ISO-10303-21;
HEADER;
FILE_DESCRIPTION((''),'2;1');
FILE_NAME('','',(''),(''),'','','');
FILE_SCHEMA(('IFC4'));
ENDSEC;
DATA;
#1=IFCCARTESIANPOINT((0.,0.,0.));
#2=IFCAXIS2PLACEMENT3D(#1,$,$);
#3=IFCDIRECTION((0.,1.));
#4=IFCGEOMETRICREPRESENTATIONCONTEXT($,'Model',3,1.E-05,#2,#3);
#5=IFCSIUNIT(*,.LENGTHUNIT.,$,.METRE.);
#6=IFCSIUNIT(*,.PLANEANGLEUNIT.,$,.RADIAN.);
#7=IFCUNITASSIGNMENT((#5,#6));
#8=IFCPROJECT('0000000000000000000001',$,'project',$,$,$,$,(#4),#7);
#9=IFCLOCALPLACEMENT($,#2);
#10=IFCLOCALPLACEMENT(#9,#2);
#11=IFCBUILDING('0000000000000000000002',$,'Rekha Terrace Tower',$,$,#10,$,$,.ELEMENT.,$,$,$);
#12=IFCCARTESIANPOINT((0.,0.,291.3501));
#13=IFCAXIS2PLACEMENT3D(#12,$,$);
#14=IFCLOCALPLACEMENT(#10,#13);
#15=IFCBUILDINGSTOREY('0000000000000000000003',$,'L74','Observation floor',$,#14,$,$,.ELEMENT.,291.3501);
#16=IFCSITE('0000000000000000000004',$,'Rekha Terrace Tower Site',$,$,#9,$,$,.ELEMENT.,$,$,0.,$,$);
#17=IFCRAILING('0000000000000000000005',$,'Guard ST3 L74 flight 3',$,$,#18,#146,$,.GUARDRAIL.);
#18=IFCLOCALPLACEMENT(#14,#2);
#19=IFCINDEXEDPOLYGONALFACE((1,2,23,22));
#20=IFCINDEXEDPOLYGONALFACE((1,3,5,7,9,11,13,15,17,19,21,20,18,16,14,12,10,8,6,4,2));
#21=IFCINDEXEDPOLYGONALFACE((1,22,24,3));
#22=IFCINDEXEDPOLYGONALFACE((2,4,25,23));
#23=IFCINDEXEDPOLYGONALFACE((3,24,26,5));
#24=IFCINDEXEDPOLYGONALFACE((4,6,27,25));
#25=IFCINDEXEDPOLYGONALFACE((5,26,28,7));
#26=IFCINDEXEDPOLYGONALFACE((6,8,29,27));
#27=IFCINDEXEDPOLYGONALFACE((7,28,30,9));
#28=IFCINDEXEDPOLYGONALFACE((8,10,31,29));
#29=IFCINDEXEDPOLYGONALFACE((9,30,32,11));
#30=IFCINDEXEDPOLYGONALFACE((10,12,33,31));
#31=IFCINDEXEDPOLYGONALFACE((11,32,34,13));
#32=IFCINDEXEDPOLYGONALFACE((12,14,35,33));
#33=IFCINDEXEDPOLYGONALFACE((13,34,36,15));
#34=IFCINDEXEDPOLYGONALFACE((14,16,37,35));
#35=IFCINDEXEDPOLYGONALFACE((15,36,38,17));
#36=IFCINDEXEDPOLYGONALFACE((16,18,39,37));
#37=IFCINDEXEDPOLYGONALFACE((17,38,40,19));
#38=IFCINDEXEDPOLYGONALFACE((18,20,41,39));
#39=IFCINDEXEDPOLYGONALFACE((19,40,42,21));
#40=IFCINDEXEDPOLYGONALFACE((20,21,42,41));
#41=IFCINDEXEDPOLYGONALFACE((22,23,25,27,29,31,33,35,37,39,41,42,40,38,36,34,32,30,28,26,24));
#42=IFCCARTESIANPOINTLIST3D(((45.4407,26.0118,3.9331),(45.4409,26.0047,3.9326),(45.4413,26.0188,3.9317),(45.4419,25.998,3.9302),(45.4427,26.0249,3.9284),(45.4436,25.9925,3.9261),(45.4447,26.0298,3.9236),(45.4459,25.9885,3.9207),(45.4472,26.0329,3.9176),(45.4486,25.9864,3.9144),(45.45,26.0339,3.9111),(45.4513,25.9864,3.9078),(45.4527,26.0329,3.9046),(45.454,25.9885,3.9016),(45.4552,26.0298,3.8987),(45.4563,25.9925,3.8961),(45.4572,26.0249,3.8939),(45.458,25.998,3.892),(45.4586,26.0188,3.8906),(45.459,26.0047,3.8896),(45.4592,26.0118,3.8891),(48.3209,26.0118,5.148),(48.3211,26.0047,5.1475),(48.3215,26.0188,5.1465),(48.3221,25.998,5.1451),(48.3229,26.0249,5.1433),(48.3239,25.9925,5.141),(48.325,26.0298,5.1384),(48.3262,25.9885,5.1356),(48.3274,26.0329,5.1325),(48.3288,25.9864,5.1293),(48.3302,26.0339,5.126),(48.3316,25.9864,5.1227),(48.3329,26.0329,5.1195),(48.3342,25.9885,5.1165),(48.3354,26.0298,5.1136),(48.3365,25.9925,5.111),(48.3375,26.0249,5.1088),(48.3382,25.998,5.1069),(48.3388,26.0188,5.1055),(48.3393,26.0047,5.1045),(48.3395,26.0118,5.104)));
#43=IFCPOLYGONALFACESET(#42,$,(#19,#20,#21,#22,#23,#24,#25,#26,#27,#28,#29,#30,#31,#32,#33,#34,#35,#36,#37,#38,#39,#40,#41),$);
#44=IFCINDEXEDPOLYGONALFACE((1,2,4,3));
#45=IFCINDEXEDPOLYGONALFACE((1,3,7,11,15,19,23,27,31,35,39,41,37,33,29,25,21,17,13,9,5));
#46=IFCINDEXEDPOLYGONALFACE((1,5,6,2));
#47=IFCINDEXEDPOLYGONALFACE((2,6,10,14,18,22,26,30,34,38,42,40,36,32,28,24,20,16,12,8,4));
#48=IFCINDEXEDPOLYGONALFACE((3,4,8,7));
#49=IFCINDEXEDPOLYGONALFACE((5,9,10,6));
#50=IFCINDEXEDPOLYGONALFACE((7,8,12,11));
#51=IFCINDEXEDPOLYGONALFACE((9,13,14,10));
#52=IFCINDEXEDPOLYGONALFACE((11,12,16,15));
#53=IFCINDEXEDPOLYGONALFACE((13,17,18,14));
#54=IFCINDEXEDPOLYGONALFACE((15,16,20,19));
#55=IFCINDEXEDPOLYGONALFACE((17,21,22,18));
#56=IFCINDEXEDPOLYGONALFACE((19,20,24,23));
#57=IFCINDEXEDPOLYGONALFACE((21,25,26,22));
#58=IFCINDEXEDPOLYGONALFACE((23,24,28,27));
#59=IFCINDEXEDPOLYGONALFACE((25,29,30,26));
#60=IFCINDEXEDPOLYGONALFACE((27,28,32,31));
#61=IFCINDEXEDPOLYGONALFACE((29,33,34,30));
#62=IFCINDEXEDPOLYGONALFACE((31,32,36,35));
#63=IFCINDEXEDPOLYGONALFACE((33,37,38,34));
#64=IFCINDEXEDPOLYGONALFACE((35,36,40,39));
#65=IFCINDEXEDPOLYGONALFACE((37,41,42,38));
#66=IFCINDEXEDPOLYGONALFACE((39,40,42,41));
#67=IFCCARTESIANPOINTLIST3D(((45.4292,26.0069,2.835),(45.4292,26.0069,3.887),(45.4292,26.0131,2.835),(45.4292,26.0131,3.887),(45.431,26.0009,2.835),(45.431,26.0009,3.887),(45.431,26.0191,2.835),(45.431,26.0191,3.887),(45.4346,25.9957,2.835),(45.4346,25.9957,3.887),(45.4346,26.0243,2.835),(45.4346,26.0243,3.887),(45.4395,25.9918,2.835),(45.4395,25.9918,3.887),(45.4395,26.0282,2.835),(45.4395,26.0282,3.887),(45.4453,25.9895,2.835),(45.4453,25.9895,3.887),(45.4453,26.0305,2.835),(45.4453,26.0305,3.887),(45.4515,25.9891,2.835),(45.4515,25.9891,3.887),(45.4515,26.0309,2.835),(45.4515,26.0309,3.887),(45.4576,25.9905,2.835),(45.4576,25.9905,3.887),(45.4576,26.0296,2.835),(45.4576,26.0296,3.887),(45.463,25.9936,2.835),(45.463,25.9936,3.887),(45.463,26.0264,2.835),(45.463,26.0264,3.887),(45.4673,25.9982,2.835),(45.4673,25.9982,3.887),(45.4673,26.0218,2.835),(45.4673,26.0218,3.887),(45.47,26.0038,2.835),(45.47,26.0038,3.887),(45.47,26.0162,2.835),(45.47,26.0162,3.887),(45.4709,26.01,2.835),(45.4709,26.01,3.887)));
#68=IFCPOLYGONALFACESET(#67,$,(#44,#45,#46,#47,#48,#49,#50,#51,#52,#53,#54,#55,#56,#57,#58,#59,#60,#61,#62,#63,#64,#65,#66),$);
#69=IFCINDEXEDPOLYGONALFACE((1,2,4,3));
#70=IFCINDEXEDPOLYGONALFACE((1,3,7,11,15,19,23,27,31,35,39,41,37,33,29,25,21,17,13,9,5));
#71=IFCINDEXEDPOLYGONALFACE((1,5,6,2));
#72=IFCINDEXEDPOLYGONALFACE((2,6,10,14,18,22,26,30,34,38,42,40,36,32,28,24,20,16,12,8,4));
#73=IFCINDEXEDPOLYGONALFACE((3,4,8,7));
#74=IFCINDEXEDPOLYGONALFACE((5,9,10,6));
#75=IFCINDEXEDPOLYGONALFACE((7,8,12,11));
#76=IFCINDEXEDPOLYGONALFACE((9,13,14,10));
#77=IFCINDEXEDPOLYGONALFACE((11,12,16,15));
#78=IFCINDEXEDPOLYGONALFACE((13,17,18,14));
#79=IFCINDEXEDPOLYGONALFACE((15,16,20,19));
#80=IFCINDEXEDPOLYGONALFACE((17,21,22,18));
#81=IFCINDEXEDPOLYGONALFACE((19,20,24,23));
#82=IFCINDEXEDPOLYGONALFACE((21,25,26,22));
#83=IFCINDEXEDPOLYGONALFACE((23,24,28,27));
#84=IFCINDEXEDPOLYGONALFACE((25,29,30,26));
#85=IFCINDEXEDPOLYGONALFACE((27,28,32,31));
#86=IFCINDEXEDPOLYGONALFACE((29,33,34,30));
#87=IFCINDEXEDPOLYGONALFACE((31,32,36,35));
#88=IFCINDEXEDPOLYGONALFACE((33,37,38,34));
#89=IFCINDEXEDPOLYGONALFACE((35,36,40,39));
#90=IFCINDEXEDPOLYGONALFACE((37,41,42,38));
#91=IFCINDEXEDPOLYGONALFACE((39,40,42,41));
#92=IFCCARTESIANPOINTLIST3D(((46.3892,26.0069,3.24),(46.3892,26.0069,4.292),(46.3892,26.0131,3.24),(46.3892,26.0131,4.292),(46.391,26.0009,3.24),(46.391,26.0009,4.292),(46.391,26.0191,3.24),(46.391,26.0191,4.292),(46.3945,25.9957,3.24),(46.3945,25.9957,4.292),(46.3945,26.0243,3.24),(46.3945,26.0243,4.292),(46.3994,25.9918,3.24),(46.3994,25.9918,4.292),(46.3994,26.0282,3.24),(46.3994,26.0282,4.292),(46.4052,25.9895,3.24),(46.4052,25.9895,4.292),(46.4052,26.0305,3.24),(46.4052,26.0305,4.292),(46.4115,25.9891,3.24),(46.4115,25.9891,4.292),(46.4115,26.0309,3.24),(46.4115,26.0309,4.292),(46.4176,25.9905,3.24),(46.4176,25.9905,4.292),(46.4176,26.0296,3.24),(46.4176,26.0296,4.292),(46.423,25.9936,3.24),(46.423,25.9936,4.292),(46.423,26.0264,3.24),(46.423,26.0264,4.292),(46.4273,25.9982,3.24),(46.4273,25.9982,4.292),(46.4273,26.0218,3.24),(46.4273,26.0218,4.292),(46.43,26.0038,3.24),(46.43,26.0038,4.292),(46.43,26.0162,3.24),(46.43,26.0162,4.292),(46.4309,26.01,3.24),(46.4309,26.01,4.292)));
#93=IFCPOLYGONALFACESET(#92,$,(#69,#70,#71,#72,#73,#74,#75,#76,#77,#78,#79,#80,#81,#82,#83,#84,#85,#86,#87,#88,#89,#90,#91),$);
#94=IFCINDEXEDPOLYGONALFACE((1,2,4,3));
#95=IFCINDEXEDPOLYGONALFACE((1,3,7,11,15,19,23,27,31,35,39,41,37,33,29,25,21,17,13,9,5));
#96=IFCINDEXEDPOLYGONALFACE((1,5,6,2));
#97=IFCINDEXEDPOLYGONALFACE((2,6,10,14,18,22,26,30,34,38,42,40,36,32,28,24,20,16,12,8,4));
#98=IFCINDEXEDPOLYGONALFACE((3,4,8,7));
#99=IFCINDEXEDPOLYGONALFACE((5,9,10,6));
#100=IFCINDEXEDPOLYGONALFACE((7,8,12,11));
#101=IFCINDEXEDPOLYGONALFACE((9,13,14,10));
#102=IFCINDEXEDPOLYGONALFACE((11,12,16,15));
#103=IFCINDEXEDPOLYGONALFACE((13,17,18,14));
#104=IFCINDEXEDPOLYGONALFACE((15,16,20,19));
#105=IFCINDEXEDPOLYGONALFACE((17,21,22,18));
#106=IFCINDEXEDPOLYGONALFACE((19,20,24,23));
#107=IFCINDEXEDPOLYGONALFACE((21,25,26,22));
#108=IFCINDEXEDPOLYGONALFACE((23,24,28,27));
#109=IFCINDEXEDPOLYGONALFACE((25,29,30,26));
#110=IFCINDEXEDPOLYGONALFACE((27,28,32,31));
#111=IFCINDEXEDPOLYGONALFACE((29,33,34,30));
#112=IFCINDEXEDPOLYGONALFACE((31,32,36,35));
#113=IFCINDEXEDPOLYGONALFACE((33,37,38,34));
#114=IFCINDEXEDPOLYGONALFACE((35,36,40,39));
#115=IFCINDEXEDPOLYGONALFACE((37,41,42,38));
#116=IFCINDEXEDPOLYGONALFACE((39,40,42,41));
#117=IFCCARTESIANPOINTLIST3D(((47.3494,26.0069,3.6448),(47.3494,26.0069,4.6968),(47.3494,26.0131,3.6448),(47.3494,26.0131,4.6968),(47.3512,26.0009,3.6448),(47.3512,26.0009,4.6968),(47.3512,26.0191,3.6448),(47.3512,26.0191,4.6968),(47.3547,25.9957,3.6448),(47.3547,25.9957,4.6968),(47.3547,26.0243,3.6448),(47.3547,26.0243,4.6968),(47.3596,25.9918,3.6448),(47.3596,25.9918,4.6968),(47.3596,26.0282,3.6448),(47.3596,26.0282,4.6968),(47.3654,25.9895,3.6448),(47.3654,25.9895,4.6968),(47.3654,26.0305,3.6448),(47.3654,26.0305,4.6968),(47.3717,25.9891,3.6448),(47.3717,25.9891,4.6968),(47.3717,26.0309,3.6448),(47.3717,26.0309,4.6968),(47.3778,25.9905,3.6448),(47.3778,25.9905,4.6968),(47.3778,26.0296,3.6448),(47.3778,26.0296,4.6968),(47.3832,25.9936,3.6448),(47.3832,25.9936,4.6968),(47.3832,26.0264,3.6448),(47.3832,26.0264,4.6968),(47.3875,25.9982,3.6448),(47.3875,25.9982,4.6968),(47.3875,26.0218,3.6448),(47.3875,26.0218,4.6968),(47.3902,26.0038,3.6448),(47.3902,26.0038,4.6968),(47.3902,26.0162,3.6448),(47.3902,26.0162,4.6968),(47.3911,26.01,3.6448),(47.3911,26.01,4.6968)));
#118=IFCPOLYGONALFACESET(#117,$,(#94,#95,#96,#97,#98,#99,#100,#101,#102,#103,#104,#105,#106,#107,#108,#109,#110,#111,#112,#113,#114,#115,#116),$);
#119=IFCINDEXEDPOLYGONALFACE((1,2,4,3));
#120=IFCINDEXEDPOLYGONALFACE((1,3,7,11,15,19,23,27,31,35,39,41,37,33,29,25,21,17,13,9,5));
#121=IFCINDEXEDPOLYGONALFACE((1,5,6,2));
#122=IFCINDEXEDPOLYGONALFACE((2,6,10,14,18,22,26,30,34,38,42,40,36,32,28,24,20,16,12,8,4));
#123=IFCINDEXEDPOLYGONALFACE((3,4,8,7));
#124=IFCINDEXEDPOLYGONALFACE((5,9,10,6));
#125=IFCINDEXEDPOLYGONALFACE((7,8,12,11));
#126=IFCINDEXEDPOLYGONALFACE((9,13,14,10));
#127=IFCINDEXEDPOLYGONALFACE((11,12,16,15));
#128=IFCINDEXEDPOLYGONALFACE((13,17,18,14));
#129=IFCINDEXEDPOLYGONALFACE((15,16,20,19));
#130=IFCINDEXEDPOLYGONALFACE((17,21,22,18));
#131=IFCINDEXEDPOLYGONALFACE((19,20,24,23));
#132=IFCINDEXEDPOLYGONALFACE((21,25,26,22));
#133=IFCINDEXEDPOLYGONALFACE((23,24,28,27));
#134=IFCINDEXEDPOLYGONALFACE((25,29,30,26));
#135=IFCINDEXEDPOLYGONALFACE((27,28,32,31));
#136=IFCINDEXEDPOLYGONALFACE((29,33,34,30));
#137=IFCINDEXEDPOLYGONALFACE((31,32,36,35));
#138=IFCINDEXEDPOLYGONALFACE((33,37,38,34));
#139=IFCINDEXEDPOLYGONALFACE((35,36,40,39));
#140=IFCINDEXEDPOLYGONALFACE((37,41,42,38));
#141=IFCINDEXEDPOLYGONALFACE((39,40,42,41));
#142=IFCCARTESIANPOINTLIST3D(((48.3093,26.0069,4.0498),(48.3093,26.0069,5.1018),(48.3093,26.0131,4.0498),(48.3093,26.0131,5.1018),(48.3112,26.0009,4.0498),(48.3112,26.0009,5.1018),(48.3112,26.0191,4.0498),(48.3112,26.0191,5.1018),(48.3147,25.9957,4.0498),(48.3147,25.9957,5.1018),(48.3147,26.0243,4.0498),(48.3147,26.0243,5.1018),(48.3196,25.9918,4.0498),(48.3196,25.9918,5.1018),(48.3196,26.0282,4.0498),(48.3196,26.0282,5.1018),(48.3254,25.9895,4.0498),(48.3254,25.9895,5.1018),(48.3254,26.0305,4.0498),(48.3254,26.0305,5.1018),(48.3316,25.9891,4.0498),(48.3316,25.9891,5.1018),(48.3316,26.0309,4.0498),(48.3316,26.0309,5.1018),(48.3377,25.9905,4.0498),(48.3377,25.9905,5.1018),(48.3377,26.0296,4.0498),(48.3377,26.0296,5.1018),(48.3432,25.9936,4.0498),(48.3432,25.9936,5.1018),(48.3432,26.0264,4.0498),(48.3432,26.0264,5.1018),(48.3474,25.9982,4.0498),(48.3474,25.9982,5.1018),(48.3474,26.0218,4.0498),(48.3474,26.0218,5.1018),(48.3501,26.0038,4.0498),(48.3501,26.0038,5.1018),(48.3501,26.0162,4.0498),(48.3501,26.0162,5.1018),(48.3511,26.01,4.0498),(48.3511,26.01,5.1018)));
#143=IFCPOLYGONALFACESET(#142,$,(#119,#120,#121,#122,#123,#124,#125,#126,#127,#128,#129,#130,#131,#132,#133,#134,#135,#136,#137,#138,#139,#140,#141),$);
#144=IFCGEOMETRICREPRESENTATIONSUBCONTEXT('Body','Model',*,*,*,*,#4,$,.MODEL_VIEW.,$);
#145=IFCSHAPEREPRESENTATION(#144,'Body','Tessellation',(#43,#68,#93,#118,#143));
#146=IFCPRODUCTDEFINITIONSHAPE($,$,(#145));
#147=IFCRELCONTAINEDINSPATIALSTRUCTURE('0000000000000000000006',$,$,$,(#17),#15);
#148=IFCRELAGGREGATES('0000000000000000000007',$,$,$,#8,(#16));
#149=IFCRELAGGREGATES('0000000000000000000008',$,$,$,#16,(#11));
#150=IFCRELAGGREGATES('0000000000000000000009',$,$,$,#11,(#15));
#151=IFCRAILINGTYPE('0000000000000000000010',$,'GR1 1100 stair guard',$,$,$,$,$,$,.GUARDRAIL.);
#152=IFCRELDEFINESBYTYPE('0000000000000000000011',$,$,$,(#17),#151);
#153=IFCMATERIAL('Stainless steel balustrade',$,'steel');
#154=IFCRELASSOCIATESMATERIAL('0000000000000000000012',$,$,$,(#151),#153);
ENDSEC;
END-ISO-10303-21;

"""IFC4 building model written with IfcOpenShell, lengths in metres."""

from ifc_helpers import new_model, si_unit, direction, frame, origin, origin_2d, place, context, subcontext, project, spatial, circle, extrude, material, type_object, element, save


model = new_model("IFC4")

# Units and contexts
model_context = context("Model", 3, precision=1e-05, world=origin(), true_north=direction((0.0, 1.0)))
body_context = subcontext(model_context, "Body", "Model", "MODEL_VIEW")
ifc_project = project(units=[si_unit("LENGTHUNIT", "METRE"), si_unit("PLANEANGLEUNIT", "RADIAN")], contexts=[model_context])

# Site, building, storey
site_placement = place(None, origin())
site = spatial("IfcSite", under=ifc_project, at=site_placement, Name="Rekha Terrace Tower Site", CompositionType="ELEMENT", RefElevation=0.0)
building_placement = place(site_placement, origin())
building = spatial("IfcBuilding", under=site, at=building_placement, Name="Rekha Terrace Tower", CompositionType="ELEMENT")
storey_placement = place(building_placement, frame((0.0, 0.0, 291.3501)))
storey = spatial("IfcBuildingStorey", under=building, at=storey_placement, Name="L74", Description="Observation floor", CompositionType="ELEMENT", Elevation=291.3501)

# Railing
ifc_material_1 = material(Name="Stainless steel balustrade", Category="steel")
railing_type_1 = type_object("IfcRailingType", Name="GR1 1100 stair guard", PredefinedType="GUARDRAIL", material=ifc_material_1)
railing_1_placement = place(storey_placement, frame((45.45, 26.01, 2.835)))
element("IfcRailing", 1, at=railing_1_placement, inside=storey, type_object=railing_type_1, Name="Guard ST3 L74 flight 3", PredefinedType="GUARDRAIL", context=body_context, shape_type="SweptSolid", body=[
    extrude(circle(Radius=0.0239, at=origin_2d()), frame((0.0, 0.0, 1.0762), z_axis=(0.921388, 0.0, 0.388644), x_axis=(0.0, 1.0, 0.0)), (0.0, 0.0, 1.0), 3.126),
    extrude(circle(Radius=0.021, at=origin_2d()), origin(), (0.0, 0.0, 1.0), 1.052),
    extrude(circle(Radius=0.021, at=origin_2d()), frame((0.96, 0.0, 0.405)), (0.0, 0.0, 1.0), 1.052),
    extrude(circle(Radius=0.021, at=origin_2d()), frame((1.9202, 0.0, 0.8098)), (0.0, 0.0, 1.0), 1.052),
    extrude(circle(Radius=0.021, at=origin_2d()), frame((2.8801, 0.0, 1.2148)), (0.0, 0.0, 1.0), 1.052),
])

save(model, "model.ifc")
